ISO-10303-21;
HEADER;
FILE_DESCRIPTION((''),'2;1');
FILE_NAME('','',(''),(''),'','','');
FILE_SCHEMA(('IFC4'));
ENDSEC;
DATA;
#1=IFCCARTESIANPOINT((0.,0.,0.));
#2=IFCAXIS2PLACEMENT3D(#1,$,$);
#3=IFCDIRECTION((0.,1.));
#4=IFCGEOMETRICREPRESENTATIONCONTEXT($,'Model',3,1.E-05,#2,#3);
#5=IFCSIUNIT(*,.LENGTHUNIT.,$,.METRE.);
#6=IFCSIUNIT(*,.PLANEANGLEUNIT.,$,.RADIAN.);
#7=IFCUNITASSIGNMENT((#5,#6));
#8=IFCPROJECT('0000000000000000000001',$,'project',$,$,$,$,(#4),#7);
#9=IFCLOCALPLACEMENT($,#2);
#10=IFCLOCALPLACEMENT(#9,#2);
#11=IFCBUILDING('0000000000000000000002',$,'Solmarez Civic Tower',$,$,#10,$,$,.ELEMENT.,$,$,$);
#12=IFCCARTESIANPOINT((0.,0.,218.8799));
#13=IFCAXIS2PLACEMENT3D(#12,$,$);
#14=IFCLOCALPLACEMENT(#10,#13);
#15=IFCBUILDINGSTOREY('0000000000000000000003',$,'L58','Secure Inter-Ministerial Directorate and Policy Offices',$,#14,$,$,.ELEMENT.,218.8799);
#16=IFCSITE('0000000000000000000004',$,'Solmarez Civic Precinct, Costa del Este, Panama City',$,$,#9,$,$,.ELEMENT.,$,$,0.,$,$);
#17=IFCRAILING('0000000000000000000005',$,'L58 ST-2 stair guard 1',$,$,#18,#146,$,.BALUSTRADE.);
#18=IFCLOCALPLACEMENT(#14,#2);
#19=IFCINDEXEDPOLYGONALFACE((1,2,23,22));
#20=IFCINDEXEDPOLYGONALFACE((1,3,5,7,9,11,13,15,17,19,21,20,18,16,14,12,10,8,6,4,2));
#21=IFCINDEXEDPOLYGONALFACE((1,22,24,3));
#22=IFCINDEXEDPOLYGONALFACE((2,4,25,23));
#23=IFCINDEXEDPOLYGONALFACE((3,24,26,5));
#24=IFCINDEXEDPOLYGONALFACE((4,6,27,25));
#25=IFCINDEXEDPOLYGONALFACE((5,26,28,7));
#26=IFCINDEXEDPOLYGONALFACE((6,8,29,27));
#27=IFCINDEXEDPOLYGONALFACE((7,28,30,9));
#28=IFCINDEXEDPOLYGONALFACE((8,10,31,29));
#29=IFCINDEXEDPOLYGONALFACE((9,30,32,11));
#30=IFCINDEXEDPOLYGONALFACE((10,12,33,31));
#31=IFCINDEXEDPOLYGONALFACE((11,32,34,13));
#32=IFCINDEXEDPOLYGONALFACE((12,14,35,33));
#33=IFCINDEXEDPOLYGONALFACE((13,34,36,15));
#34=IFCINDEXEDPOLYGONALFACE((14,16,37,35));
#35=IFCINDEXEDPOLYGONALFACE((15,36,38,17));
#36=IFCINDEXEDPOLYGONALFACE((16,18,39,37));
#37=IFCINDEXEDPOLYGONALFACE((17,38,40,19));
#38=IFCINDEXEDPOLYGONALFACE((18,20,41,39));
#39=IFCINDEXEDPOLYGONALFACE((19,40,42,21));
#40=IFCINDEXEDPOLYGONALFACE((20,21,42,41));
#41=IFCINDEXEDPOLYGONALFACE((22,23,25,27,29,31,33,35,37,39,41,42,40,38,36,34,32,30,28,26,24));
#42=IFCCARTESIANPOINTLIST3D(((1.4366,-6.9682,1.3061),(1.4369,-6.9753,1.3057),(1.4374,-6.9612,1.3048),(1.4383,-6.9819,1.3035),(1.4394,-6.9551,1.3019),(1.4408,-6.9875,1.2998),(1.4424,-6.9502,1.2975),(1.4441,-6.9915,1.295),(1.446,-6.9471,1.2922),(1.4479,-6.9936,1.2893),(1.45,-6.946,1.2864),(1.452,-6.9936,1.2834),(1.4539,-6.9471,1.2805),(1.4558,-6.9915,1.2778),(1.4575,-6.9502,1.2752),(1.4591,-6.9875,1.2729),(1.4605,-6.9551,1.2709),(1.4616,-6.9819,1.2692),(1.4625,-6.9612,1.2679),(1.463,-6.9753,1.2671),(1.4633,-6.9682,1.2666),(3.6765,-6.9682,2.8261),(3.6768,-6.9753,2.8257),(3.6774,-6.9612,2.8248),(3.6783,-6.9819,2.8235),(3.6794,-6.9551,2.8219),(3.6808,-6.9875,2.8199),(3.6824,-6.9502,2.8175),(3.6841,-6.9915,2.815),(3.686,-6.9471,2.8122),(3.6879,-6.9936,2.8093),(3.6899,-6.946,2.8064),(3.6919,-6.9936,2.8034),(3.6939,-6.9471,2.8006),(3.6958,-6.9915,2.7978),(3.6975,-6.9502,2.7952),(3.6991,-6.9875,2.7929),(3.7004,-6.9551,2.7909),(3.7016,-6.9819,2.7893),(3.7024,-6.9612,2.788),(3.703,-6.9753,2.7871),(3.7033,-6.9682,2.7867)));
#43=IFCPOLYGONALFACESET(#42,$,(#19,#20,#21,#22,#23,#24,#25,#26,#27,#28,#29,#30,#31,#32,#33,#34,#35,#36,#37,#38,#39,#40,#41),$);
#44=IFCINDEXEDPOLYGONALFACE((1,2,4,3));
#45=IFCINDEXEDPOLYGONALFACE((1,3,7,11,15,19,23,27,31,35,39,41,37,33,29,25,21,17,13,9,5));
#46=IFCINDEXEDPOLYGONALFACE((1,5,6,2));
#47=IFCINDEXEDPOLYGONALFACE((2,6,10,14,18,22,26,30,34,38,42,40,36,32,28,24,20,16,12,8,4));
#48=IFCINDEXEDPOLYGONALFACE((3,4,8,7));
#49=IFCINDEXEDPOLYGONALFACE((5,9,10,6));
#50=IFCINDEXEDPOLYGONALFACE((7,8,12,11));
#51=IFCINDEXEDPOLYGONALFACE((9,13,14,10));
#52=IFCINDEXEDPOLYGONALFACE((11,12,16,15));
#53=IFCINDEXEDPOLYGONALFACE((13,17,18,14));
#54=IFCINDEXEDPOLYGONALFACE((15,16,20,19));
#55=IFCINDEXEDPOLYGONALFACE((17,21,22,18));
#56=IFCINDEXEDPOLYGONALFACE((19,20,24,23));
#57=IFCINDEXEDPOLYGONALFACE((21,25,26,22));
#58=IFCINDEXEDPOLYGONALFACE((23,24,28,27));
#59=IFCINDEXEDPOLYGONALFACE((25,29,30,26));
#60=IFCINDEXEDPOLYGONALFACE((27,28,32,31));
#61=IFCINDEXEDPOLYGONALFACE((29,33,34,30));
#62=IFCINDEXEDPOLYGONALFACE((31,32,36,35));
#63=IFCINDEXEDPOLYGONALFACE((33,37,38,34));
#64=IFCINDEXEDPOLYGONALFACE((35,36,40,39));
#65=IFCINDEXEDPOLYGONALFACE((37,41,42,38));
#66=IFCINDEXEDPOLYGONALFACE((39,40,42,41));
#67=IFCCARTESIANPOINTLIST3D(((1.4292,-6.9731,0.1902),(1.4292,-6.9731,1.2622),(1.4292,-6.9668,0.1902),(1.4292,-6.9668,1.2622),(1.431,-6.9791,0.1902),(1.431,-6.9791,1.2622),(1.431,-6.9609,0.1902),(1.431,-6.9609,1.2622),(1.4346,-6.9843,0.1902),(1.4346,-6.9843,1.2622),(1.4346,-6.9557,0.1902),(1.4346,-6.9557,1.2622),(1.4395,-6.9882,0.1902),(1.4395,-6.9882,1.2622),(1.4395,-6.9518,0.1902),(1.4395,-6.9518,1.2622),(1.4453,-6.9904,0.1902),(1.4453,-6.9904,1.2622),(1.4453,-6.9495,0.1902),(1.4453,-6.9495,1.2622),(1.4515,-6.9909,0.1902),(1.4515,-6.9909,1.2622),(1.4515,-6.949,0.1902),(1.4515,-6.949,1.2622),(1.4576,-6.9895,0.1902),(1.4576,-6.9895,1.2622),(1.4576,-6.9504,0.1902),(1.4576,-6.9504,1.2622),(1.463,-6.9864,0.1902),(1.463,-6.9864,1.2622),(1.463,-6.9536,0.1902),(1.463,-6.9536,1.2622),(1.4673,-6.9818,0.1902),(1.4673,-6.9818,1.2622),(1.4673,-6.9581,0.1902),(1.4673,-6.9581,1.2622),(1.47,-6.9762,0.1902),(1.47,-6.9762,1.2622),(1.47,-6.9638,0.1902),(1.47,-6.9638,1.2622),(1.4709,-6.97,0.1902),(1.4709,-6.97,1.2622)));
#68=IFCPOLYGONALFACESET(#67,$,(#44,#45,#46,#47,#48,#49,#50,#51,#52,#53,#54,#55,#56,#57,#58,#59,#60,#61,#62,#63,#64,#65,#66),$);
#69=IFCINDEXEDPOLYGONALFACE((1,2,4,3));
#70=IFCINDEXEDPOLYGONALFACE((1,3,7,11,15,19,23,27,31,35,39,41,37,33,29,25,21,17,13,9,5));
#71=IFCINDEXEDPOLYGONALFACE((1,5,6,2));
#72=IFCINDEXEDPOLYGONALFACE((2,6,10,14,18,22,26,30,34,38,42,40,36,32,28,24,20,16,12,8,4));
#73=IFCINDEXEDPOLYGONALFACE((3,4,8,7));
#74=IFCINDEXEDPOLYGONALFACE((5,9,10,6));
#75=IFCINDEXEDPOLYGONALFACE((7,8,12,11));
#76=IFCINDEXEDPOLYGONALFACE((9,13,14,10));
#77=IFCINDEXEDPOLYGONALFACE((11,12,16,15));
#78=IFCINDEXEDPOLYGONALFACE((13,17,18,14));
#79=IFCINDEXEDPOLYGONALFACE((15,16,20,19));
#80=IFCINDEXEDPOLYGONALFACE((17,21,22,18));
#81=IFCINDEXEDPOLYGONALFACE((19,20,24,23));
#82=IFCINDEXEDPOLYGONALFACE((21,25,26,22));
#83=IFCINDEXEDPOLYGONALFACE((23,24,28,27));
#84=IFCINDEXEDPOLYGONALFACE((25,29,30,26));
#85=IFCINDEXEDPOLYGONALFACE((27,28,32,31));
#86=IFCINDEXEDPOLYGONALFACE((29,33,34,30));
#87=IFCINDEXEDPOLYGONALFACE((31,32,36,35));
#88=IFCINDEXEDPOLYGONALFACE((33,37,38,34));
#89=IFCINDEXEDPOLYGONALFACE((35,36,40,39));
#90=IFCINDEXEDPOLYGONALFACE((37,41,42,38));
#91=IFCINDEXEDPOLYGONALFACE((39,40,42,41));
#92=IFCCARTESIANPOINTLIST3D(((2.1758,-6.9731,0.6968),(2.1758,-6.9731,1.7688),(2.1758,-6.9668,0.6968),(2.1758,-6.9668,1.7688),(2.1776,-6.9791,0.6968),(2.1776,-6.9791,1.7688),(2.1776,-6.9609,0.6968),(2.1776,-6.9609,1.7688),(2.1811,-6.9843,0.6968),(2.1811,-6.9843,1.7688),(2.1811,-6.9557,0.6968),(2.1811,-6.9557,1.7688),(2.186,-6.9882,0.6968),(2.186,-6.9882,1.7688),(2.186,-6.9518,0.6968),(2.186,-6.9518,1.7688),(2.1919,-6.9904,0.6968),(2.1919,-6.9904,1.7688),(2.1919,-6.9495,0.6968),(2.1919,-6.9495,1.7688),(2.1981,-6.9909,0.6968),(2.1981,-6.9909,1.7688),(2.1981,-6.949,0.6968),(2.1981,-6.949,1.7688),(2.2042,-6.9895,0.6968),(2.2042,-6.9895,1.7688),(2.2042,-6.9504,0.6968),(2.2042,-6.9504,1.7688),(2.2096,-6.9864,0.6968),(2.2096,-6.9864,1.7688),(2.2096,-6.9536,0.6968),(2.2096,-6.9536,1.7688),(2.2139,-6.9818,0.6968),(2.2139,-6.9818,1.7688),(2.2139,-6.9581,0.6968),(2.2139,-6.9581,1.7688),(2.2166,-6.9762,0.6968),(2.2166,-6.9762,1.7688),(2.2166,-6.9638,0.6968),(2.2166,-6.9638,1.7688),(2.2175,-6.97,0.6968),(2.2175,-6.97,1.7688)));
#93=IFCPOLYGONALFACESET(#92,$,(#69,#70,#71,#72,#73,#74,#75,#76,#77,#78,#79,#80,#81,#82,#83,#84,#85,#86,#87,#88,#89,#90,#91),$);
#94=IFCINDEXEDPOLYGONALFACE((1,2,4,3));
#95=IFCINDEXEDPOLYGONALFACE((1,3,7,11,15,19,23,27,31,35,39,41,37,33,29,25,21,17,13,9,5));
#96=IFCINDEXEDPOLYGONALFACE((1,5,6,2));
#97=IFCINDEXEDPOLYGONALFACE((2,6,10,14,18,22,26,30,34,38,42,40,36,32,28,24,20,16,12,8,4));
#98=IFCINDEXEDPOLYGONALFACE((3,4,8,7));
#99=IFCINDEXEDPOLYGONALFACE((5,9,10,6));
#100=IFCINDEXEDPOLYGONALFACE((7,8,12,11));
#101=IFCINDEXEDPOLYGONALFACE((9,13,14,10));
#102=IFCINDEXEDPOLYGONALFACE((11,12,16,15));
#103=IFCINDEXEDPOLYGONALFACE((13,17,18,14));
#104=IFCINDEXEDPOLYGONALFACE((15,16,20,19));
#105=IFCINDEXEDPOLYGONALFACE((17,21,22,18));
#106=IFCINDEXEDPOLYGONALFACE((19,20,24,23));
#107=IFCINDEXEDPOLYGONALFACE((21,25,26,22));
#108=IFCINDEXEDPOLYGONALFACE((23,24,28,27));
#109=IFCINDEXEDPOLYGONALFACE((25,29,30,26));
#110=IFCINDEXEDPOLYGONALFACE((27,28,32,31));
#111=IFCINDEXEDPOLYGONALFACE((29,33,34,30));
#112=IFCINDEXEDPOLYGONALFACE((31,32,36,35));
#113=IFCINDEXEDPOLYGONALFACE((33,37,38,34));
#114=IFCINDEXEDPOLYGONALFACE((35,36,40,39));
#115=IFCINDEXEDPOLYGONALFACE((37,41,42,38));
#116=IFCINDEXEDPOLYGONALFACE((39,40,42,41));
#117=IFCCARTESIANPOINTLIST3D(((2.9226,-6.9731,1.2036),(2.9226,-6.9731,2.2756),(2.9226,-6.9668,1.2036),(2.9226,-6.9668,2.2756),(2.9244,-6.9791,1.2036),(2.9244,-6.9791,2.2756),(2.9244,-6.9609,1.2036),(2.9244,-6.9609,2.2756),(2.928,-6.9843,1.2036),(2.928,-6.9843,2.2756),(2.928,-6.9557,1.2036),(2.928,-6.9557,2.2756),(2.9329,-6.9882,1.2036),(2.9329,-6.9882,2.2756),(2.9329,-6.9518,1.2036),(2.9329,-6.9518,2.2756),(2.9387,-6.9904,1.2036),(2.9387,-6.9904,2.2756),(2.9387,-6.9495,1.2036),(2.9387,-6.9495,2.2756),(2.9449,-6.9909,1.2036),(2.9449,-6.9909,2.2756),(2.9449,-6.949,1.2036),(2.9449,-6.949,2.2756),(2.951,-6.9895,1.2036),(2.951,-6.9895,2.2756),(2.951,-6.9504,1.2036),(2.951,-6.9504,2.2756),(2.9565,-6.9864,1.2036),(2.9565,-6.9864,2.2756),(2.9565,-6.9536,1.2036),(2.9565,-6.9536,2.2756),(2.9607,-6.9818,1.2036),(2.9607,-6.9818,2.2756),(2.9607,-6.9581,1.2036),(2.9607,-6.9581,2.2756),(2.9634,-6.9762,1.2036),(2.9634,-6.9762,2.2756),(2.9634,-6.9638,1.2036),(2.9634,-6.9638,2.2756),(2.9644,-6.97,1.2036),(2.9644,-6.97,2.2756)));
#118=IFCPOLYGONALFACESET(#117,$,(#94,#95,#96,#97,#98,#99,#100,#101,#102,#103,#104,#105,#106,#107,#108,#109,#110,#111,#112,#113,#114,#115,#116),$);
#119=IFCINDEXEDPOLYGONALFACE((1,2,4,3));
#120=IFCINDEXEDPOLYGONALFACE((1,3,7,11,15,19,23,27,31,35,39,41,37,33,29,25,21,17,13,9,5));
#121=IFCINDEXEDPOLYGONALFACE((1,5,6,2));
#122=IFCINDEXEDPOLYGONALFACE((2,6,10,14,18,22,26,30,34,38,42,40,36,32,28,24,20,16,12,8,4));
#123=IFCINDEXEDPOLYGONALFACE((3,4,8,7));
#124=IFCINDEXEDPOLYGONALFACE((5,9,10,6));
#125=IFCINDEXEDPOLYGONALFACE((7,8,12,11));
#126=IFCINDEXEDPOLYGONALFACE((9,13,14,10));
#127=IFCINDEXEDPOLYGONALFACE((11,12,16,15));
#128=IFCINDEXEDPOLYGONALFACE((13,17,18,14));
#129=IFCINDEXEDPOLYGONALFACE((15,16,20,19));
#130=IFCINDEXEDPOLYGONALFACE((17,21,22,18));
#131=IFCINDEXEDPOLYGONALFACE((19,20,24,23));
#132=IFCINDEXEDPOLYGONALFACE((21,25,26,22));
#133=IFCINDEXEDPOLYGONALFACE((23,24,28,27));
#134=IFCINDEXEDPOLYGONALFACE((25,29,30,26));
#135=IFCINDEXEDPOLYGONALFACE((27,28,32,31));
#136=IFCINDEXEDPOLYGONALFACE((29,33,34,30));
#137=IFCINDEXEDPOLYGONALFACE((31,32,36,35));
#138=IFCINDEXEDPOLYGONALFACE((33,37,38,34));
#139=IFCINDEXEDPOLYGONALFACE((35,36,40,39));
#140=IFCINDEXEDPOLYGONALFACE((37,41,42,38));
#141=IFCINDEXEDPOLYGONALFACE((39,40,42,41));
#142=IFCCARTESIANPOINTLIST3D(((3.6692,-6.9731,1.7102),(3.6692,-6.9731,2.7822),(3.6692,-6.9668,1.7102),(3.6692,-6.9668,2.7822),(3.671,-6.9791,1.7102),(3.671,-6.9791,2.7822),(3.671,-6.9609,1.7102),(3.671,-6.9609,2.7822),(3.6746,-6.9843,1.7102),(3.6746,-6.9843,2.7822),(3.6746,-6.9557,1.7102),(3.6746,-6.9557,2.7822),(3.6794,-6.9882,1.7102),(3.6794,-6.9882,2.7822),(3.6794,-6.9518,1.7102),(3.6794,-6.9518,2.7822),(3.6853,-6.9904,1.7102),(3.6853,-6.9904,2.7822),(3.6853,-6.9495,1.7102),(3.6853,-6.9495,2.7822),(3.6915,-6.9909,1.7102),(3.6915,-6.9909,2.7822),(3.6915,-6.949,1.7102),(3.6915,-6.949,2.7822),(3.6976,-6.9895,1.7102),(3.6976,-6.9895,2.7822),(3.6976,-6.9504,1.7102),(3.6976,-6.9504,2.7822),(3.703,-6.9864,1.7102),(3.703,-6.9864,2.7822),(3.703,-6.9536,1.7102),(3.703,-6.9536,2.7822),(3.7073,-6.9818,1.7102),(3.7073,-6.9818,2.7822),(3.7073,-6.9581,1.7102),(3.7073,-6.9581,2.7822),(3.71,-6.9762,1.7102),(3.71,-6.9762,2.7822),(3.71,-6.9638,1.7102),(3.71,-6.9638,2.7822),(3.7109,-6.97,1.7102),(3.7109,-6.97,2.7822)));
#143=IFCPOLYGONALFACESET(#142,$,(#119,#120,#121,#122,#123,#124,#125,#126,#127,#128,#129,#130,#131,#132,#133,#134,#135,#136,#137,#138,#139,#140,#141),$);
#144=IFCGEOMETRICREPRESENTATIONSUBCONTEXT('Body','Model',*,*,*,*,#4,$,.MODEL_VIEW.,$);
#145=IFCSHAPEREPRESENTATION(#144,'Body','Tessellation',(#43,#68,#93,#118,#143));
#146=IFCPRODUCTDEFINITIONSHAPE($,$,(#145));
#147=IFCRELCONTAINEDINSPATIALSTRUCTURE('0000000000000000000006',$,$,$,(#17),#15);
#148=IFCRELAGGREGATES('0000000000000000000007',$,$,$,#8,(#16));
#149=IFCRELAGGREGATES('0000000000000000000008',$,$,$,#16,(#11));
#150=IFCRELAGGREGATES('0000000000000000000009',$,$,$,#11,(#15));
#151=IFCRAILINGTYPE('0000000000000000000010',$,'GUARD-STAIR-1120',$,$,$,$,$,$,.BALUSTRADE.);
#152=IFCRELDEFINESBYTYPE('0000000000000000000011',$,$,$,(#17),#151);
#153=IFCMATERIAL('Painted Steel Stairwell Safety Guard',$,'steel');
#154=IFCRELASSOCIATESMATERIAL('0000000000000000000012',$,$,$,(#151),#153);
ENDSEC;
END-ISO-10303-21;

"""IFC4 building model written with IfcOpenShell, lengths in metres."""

from ifc_helpers import new_model, si_unit, direction, frame, origin, origin_2d, place, context, subcontext, project, spatial, circle, extrude, material, type_object, element, save


model = new_model("IFC4")

# Units and contexts
model_context = context("Model", 3, precision=1e-05, world=origin(), true_north=direction((0.0, 1.0)))
body_context = subcontext(model_context, "Body", "Model", "MODEL_VIEW")
ifc_project = project(units=[si_unit("LENGTHUNIT", "METRE"), si_unit("PLANEANGLEUNIT", "RADIAN")], contexts=[model_context])

# Site, building, storey
site_placement = place(None, origin())
site = spatial("IfcSite", under=ifc_project, at=site_placement, Name="Solmarez Civic Precinct, Costa del Este, Panama City", CompositionType="ELEMENT", RefElevation=0.0)
building_placement = place(site_placement, origin())
building = spatial("IfcBuilding", under=site, at=building_placement, Name="Solmarez Civic Tower", CompositionType="ELEMENT")
storey_placement = place(building_placement, frame((0.0, 0.0, 218.8799)))
storey = spatial("IfcBuildingStorey", under=building, at=storey_placement, Name="L58", Description="Secure Inter-Ministerial Directorate and Policy Offices", CompositionType="ELEMENT", Elevation=218.8799)

# Railing
ifc_material_1 = material(Name="Painted Steel Stairwell Safety Guard", Category="steel")
railing_type_1 = type_object("IfcRailingType", Name="GUARD-STAIR-1120", PredefinedType="BALUSTRADE", material=ifc_material_1)
railing_1_placement = place(storey_placement, frame((1.45, -6.97, 0.1902)))
element("IfcRailing", 1, at=railing_1_placement, inside=storey, type_object=railing_type_1, Name="L58 ST-2 stair guard 1", PredefinedType="BALUSTRADE", context=body_context, shape_type="SweptSolid", body=[
    extrude(circle(Radius=0.0239, at=origin_2d()), frame((0.0, 0.0, 1.0962), z_axis=(0.827471, 0.0, 0.561508), x_axis=(0.0, 1.0, 0.0)), (0.0, 0.0, 1.0), 2.707),
    extrude(circle(Radius=0.021, at=origin_2d()), origin(), (0.0, 0.0, 1.0), 1.072),
    extrude(circle(Radius=0.021, at=origin_2d()), frame((0.7466, 0.0, 0.5066)), (0.0, 0.0, 1.0), 1.072),
    extrude(circle(Radius=0.021, at=origin_2d()), frame((1.4934, 0.0, 1.0134)), (0.0, 0.0, 1.0), 1.072),
    extrude(circle(Radius=0.021, at=origin_2d()), frame((2.24, 0.0, 1.52)), (0.0, 0.0, 1.0), 1.072),
])

save(model, "model.ifc")
